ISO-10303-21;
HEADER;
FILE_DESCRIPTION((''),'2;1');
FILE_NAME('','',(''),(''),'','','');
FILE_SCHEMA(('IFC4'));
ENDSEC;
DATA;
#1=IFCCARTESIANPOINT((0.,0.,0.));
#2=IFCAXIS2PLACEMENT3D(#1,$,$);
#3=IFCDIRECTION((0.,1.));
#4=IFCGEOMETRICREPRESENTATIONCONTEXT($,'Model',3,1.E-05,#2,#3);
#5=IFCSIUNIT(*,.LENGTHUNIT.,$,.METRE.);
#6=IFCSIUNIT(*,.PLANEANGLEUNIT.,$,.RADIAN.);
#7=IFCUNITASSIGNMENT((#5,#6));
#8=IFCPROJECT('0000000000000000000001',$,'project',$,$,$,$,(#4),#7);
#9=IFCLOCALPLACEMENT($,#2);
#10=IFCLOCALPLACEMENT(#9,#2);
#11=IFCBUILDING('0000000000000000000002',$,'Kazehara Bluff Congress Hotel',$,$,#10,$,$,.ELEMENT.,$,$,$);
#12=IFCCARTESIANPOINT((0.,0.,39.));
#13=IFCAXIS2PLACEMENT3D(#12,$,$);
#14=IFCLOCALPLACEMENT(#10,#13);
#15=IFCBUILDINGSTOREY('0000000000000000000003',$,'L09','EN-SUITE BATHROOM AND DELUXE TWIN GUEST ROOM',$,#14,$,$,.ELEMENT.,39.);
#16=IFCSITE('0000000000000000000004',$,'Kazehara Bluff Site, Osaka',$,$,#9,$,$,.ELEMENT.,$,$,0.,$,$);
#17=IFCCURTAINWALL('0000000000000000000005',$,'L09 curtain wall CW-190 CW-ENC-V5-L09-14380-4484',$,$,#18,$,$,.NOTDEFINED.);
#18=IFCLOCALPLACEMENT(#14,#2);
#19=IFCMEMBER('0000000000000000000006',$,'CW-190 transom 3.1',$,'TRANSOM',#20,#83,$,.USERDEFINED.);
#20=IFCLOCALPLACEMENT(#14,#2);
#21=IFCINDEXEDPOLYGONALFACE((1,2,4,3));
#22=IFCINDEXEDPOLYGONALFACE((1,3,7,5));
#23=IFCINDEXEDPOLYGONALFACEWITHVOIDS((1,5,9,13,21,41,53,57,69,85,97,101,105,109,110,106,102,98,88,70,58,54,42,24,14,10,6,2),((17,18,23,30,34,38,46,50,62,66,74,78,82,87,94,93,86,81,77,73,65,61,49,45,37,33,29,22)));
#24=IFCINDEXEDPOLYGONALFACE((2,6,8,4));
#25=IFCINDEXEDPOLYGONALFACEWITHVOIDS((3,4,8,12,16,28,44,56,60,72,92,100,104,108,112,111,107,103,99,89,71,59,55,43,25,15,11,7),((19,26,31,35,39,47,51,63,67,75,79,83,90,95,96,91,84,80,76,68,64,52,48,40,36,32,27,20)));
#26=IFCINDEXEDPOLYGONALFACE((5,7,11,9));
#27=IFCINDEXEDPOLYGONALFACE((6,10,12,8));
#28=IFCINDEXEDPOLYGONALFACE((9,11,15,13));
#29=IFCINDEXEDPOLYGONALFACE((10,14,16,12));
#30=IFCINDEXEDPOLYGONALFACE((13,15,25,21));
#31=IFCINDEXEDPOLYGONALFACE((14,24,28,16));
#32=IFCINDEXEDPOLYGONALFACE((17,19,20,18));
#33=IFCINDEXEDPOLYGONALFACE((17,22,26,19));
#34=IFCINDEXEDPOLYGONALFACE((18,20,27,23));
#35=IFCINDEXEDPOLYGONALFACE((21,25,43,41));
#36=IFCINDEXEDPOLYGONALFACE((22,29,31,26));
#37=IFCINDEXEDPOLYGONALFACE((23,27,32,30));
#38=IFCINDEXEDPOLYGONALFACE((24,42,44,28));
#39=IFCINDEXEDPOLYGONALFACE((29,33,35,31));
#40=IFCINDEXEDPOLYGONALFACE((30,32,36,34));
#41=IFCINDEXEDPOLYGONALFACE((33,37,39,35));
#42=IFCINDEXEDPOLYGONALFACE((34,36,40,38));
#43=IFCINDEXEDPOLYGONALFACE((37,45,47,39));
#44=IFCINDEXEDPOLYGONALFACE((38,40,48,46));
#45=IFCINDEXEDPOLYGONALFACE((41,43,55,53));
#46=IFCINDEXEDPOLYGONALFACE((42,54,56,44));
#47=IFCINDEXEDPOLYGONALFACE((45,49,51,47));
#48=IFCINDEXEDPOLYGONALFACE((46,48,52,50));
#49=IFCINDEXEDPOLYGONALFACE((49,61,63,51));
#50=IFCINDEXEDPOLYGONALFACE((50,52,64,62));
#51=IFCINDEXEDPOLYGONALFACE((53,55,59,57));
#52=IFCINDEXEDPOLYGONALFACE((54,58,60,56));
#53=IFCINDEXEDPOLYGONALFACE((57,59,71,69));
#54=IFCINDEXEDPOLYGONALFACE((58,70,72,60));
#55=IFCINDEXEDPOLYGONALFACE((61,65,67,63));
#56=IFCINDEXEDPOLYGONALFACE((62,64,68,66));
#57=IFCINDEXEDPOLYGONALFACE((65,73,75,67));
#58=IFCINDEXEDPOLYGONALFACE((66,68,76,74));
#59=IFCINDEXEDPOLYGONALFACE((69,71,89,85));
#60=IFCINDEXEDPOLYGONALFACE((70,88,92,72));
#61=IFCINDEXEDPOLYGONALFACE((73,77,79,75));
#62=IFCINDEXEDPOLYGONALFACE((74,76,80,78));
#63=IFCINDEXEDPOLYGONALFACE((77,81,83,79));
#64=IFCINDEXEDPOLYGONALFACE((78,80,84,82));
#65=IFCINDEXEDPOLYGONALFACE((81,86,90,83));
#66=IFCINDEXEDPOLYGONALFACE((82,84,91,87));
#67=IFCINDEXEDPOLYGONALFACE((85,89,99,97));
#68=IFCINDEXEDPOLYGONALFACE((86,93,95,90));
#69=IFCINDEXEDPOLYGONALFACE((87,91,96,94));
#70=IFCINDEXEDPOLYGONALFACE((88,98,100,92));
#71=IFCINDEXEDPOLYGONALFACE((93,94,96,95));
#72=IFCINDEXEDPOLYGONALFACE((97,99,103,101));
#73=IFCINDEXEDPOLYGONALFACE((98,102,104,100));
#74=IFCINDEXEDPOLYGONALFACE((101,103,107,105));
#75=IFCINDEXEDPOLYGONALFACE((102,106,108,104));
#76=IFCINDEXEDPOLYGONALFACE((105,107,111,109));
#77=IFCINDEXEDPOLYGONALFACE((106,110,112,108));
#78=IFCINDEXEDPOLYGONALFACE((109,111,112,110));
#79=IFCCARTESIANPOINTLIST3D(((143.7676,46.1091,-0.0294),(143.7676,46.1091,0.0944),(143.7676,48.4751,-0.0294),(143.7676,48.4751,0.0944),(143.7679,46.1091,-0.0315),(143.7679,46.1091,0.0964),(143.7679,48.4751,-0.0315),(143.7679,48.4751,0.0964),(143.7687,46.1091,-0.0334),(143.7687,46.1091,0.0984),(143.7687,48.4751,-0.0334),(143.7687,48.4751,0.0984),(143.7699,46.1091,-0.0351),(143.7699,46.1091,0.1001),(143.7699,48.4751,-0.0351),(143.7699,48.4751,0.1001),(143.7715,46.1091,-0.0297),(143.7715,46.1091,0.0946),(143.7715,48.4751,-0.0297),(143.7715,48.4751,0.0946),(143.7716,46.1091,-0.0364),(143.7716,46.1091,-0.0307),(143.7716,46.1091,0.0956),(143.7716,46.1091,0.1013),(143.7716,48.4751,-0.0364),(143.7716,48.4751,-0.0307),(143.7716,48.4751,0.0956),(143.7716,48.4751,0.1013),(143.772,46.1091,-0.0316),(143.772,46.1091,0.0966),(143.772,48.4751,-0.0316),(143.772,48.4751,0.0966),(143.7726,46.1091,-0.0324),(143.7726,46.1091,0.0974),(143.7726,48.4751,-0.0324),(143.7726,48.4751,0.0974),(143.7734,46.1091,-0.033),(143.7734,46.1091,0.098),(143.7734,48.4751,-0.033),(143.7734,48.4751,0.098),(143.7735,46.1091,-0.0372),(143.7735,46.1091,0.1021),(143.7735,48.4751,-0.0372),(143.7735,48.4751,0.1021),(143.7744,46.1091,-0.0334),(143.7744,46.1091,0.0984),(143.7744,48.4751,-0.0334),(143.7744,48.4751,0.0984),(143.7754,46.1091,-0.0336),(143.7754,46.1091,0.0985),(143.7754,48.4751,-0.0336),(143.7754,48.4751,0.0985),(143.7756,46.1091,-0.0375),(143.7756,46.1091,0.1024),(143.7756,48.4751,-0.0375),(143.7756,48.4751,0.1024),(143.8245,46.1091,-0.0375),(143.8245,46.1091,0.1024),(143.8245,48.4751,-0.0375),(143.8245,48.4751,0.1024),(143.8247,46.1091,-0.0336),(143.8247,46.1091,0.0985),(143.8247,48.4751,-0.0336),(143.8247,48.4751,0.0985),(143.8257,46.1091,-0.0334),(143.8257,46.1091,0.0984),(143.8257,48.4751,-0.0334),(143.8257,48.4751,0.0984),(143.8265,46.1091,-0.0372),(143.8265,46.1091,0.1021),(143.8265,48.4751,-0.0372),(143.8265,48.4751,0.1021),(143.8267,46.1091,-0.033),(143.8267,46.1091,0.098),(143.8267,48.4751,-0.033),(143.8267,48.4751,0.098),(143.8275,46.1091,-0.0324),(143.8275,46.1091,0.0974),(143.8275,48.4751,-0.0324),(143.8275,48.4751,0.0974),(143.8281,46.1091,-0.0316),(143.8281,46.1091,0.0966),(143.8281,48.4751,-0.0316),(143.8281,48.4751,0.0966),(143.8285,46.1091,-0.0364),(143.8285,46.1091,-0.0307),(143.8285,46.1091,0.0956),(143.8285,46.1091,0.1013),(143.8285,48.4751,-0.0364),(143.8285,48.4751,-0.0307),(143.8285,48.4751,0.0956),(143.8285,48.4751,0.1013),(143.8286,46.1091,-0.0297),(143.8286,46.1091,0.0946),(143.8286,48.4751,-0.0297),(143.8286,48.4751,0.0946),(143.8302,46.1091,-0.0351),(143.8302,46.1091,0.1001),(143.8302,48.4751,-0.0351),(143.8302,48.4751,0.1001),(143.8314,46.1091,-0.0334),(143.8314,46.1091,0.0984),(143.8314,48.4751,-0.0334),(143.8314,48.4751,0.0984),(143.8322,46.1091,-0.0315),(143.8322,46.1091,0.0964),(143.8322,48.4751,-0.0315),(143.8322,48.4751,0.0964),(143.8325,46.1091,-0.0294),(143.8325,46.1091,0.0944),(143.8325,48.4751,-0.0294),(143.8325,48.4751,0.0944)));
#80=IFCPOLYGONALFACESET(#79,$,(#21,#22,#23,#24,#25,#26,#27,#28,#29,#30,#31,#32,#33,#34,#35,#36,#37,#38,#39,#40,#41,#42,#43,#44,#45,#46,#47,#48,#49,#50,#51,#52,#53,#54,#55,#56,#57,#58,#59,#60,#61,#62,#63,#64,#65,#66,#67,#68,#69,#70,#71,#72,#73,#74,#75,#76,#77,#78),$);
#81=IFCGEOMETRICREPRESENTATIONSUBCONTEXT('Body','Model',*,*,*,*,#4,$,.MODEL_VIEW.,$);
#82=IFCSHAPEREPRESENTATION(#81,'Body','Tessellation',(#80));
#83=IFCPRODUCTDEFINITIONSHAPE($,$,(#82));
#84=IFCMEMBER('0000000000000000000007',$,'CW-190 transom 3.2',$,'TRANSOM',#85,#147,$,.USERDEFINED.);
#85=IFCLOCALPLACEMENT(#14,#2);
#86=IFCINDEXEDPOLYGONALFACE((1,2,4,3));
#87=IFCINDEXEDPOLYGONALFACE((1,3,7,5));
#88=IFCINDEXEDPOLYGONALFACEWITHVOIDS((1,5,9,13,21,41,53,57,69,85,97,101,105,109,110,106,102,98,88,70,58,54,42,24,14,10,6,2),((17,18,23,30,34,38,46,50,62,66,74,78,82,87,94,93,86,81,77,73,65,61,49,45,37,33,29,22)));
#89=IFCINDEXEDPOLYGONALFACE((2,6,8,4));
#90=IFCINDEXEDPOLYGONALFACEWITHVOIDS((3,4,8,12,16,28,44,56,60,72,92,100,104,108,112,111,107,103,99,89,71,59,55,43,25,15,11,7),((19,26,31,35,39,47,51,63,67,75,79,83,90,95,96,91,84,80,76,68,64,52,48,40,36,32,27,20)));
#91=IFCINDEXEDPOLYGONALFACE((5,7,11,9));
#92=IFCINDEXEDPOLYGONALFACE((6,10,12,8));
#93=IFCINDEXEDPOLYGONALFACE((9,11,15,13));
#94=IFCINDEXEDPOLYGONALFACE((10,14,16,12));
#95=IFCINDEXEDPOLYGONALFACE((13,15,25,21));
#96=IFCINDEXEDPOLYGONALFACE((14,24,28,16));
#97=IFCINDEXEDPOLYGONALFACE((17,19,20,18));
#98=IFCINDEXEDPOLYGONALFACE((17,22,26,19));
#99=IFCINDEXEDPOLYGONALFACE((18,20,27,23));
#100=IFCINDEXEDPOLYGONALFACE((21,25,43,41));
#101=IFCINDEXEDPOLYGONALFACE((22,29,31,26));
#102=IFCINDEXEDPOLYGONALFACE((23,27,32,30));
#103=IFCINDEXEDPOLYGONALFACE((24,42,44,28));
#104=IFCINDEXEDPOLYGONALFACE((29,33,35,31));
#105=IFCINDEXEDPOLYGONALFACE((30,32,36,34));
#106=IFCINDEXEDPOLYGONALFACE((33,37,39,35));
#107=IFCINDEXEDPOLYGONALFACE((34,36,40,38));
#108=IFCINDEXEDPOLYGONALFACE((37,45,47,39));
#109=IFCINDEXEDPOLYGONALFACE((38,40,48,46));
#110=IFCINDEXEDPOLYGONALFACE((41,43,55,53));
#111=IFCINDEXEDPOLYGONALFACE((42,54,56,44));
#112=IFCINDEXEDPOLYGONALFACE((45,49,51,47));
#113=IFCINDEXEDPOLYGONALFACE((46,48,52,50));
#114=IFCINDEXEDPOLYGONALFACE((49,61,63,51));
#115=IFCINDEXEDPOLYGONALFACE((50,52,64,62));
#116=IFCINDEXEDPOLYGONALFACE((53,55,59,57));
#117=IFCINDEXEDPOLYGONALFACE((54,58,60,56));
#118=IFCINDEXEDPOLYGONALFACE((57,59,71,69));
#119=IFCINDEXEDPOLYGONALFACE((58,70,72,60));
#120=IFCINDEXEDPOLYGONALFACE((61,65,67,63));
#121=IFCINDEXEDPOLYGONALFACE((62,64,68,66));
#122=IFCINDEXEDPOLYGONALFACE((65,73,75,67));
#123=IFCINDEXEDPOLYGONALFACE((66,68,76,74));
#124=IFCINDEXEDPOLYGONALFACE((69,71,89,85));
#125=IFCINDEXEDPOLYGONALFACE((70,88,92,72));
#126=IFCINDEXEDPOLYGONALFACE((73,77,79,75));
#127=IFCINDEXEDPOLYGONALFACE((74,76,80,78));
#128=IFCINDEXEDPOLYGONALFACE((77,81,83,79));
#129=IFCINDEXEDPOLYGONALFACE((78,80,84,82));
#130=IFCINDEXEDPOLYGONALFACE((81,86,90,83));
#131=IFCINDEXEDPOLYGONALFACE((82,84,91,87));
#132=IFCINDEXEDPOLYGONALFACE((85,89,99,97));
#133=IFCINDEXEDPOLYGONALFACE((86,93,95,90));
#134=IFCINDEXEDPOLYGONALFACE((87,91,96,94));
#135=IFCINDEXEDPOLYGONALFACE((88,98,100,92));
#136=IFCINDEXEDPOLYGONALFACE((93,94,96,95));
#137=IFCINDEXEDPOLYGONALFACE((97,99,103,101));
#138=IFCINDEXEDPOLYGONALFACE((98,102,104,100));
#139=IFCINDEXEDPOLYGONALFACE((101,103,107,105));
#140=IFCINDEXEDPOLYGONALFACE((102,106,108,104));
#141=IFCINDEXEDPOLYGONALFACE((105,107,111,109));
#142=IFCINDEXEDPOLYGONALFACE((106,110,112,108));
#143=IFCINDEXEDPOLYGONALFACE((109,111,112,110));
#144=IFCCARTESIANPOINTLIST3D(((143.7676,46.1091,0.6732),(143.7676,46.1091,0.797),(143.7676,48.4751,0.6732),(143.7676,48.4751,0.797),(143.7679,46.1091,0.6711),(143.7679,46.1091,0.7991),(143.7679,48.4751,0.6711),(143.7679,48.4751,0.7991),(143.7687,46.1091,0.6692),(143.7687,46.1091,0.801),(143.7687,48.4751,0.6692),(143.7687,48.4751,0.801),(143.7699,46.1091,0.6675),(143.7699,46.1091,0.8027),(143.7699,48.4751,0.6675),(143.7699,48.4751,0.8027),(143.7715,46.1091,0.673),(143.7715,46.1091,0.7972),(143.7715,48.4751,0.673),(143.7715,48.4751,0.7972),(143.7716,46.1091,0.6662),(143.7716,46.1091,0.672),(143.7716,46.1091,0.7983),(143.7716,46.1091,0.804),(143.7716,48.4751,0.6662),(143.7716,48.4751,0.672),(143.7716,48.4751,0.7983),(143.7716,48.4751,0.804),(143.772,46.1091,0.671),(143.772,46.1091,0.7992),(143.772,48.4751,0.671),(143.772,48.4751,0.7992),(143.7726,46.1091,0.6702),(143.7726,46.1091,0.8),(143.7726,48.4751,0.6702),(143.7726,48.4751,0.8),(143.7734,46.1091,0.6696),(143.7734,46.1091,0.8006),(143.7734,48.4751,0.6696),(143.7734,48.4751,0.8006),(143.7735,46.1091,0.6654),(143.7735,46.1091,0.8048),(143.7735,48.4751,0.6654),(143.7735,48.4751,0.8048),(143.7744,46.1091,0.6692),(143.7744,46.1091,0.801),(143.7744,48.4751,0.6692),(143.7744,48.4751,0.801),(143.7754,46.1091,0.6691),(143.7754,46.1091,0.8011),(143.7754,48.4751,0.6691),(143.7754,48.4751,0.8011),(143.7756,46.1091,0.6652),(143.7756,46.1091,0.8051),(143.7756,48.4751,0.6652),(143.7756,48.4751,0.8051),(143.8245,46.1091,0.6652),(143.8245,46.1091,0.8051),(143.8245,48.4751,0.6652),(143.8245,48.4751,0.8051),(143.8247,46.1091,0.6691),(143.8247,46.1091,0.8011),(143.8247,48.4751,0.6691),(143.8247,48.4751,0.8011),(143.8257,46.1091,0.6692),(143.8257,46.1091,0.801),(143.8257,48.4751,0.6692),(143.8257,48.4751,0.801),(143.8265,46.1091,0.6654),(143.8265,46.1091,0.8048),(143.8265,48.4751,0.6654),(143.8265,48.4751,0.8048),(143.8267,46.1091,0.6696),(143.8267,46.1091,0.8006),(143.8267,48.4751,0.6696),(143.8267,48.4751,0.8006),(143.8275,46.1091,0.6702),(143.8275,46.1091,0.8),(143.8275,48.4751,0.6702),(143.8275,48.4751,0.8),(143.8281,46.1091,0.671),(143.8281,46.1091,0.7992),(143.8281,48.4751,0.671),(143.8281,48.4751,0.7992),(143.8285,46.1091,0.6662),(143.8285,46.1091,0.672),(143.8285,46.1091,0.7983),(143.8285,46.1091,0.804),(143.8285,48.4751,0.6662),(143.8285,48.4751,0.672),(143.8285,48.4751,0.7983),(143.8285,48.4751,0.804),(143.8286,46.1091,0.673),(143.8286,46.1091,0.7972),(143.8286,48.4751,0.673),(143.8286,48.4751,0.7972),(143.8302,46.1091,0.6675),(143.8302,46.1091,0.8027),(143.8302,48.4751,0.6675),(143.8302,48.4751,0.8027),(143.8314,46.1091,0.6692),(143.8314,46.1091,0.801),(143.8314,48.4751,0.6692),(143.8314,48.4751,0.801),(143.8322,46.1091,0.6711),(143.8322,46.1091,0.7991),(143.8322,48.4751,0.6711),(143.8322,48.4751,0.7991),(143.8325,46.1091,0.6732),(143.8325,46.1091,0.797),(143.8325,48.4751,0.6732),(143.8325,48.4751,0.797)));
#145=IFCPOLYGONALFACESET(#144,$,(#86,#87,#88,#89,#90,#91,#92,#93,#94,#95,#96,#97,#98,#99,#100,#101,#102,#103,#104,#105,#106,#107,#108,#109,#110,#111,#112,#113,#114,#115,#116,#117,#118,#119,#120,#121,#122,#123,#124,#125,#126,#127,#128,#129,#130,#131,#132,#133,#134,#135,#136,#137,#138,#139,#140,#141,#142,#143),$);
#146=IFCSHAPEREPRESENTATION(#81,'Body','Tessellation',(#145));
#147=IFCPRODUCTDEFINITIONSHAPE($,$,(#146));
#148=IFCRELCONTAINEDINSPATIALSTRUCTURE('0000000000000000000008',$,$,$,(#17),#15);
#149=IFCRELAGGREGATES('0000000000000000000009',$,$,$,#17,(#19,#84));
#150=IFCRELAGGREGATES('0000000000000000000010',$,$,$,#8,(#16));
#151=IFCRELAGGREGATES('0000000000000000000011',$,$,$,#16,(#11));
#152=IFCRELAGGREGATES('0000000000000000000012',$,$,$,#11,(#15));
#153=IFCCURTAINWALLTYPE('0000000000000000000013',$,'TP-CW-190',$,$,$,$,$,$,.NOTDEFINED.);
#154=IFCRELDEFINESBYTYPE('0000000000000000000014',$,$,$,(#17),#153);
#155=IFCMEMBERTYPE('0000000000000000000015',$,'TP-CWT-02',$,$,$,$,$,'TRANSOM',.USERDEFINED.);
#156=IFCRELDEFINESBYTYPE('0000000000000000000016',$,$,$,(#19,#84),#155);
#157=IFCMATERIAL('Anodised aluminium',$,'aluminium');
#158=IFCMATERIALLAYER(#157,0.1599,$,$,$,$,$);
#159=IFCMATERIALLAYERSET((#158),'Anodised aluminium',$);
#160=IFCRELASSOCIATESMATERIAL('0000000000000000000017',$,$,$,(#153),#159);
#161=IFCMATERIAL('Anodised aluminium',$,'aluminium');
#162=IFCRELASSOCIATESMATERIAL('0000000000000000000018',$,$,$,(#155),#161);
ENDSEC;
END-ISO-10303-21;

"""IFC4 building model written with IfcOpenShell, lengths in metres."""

from ifc_helpers import new_model, si_unit, direction, frame, origin, origin_2d, place, context, subcontext, project, spatial, hollow_rectangle, extrude, material, layer, layer_set, material_profile, profile_set, type_object, element, aggregate, save


model = new_model("IFC4")

# Units and contexts
model_context = context("Model", 3, precision=1e-05, world=origin(), true_north=direction((0.0, 1.0)))
body_context = subcontext(model_context, "Body", "Model", "MODEL_VIEW")
ifc_project = project(units=[si_unit("LENGTHUNIT", "METRE"), si_unit("PLANEANGLEUNIT", "RADIAN")], contexts=[model_context])

# Site, building, storey
site_placement = place(None, origin())
site = spatial("IfcSite", under=ifc_project, at=site_placement, Name="Kazehara Bluff Site, Osaka", CompositionType="ELEMENT", RefElevation=0.0)
building_placement = place(site_placement, origin())
building = spatial("IfcBuilding", under=site, at=building_placement, Name="Kazehara Bluff Congress Hotel", CompositionType="ELEMENT")
storey_placement = place(building_placement, frame((0.0, 0.0, 39.0)))
storey = spatial("IfcBuildingStorey", under=building, at=storey_placement, Name="L09", Description="EN-SUITE BATHROOM AND DELUXE TWIN GUEST ROOM", CompositionType="ELEMENT", Elevation=39.0)

# Curtain wall, members
ifc_material_1 = material(Name="Anodised aluminium", Category="aluminium")
ifc_layer_1 = layer(ifc_material_1, 0.1599)
ifc_layer_set_1 = layer_set([ifc_layer_1], Name="Anodised aluminium")
curtain_wall_type_1 = type_object("IfcCurtainWallType", Name="TP-CW-190", PredefinedType="NOTDEFINED", material=ifc_layer_set_1)
curtain_wall_1_placement = place(storey_placement, origin())
curtain_wall_1 = element("IfcCurtainWall", 1, at=curtain_wall_1_placement, inside=storey, type_object=curtain_wall_type_1, Name="L09 curtain wall CW-190 CW-ENC-V5-L09-14380-4484", PredefinedType="NOTDEFINED")
ifc_material_2 = material(Name="Anodised aluminium", Category="aluminium")
ifc_material_profile_1 = material_profile(ifc_material_2, hollow_rectangle(XDim=0.0649, YDim=0.1399, WallThickness=0.0039, InnerFilletRadius=0.0039, OuterFilletRadius=0.0081, at=origin_2d()))
ifc_profile_set_1 = profile_set([ifc_material_profile_1], Name="Anodised aluminium")
member_type_1 = type_object("IfcMemberType", Name="TP-CWT-02", ElementType="TRANSOM", PredefinedType="USERDEFINED", material=ifc_profile_set_1)
member_1_placement = place(storey_placement, frame((143.8, 46.1091, 0.0325), z_axis=(0.0, 1.0, 0.0), x_axis=(-1.0, 0.0, 0.0)))
member_1 = element("IfcMember", 2, at=member_1_placement, type_object=member_type_1, Name="CW-190 transom 3.1", ObjectType="TRANSOM", PredefinedType="USERDEFINED", context=body_context, shape_type="SweptSolid", body=[
    extrude(hollow_rectangle(XDim=0.0649, YDim=0.1399, WallThickness=0.0039, InnerFilletRadius=0.0039, OuterFilletRadius=0.0081, at=origin_2d()), origin(), (0.0, 0.0, 1.0), 2.366),
])
member_2_placement = place(storey_placement, frame((143.8, 46.1091, 0.7351), z_axis=(0.0, 1.0, 0.0), x_axis=(-1.0, 0.0, 0.0)))
member_2 = element("IfcMember", 3, at=member_2_placement, type_object=member_type_1, Name="CW-190 transom 3.2", ObjectType="TRANSOM", PredefinedType="USERDEFINED", context=body_context, shape_type="SweptSolid", body=[
    extrude(hollow_rectangle(XDim=0.0649, YDim=0.1399, WallThickness=0.0039, InnerFilletRadius=0.0039, OuterFilletRadius=0.0081, at=origin_2d()), origin(), (0.0, 0.0, 1.0), 2.366),
])
aggregate(curtain_wall_1, [member_1, member_2])

save(model, "model.ifc")
